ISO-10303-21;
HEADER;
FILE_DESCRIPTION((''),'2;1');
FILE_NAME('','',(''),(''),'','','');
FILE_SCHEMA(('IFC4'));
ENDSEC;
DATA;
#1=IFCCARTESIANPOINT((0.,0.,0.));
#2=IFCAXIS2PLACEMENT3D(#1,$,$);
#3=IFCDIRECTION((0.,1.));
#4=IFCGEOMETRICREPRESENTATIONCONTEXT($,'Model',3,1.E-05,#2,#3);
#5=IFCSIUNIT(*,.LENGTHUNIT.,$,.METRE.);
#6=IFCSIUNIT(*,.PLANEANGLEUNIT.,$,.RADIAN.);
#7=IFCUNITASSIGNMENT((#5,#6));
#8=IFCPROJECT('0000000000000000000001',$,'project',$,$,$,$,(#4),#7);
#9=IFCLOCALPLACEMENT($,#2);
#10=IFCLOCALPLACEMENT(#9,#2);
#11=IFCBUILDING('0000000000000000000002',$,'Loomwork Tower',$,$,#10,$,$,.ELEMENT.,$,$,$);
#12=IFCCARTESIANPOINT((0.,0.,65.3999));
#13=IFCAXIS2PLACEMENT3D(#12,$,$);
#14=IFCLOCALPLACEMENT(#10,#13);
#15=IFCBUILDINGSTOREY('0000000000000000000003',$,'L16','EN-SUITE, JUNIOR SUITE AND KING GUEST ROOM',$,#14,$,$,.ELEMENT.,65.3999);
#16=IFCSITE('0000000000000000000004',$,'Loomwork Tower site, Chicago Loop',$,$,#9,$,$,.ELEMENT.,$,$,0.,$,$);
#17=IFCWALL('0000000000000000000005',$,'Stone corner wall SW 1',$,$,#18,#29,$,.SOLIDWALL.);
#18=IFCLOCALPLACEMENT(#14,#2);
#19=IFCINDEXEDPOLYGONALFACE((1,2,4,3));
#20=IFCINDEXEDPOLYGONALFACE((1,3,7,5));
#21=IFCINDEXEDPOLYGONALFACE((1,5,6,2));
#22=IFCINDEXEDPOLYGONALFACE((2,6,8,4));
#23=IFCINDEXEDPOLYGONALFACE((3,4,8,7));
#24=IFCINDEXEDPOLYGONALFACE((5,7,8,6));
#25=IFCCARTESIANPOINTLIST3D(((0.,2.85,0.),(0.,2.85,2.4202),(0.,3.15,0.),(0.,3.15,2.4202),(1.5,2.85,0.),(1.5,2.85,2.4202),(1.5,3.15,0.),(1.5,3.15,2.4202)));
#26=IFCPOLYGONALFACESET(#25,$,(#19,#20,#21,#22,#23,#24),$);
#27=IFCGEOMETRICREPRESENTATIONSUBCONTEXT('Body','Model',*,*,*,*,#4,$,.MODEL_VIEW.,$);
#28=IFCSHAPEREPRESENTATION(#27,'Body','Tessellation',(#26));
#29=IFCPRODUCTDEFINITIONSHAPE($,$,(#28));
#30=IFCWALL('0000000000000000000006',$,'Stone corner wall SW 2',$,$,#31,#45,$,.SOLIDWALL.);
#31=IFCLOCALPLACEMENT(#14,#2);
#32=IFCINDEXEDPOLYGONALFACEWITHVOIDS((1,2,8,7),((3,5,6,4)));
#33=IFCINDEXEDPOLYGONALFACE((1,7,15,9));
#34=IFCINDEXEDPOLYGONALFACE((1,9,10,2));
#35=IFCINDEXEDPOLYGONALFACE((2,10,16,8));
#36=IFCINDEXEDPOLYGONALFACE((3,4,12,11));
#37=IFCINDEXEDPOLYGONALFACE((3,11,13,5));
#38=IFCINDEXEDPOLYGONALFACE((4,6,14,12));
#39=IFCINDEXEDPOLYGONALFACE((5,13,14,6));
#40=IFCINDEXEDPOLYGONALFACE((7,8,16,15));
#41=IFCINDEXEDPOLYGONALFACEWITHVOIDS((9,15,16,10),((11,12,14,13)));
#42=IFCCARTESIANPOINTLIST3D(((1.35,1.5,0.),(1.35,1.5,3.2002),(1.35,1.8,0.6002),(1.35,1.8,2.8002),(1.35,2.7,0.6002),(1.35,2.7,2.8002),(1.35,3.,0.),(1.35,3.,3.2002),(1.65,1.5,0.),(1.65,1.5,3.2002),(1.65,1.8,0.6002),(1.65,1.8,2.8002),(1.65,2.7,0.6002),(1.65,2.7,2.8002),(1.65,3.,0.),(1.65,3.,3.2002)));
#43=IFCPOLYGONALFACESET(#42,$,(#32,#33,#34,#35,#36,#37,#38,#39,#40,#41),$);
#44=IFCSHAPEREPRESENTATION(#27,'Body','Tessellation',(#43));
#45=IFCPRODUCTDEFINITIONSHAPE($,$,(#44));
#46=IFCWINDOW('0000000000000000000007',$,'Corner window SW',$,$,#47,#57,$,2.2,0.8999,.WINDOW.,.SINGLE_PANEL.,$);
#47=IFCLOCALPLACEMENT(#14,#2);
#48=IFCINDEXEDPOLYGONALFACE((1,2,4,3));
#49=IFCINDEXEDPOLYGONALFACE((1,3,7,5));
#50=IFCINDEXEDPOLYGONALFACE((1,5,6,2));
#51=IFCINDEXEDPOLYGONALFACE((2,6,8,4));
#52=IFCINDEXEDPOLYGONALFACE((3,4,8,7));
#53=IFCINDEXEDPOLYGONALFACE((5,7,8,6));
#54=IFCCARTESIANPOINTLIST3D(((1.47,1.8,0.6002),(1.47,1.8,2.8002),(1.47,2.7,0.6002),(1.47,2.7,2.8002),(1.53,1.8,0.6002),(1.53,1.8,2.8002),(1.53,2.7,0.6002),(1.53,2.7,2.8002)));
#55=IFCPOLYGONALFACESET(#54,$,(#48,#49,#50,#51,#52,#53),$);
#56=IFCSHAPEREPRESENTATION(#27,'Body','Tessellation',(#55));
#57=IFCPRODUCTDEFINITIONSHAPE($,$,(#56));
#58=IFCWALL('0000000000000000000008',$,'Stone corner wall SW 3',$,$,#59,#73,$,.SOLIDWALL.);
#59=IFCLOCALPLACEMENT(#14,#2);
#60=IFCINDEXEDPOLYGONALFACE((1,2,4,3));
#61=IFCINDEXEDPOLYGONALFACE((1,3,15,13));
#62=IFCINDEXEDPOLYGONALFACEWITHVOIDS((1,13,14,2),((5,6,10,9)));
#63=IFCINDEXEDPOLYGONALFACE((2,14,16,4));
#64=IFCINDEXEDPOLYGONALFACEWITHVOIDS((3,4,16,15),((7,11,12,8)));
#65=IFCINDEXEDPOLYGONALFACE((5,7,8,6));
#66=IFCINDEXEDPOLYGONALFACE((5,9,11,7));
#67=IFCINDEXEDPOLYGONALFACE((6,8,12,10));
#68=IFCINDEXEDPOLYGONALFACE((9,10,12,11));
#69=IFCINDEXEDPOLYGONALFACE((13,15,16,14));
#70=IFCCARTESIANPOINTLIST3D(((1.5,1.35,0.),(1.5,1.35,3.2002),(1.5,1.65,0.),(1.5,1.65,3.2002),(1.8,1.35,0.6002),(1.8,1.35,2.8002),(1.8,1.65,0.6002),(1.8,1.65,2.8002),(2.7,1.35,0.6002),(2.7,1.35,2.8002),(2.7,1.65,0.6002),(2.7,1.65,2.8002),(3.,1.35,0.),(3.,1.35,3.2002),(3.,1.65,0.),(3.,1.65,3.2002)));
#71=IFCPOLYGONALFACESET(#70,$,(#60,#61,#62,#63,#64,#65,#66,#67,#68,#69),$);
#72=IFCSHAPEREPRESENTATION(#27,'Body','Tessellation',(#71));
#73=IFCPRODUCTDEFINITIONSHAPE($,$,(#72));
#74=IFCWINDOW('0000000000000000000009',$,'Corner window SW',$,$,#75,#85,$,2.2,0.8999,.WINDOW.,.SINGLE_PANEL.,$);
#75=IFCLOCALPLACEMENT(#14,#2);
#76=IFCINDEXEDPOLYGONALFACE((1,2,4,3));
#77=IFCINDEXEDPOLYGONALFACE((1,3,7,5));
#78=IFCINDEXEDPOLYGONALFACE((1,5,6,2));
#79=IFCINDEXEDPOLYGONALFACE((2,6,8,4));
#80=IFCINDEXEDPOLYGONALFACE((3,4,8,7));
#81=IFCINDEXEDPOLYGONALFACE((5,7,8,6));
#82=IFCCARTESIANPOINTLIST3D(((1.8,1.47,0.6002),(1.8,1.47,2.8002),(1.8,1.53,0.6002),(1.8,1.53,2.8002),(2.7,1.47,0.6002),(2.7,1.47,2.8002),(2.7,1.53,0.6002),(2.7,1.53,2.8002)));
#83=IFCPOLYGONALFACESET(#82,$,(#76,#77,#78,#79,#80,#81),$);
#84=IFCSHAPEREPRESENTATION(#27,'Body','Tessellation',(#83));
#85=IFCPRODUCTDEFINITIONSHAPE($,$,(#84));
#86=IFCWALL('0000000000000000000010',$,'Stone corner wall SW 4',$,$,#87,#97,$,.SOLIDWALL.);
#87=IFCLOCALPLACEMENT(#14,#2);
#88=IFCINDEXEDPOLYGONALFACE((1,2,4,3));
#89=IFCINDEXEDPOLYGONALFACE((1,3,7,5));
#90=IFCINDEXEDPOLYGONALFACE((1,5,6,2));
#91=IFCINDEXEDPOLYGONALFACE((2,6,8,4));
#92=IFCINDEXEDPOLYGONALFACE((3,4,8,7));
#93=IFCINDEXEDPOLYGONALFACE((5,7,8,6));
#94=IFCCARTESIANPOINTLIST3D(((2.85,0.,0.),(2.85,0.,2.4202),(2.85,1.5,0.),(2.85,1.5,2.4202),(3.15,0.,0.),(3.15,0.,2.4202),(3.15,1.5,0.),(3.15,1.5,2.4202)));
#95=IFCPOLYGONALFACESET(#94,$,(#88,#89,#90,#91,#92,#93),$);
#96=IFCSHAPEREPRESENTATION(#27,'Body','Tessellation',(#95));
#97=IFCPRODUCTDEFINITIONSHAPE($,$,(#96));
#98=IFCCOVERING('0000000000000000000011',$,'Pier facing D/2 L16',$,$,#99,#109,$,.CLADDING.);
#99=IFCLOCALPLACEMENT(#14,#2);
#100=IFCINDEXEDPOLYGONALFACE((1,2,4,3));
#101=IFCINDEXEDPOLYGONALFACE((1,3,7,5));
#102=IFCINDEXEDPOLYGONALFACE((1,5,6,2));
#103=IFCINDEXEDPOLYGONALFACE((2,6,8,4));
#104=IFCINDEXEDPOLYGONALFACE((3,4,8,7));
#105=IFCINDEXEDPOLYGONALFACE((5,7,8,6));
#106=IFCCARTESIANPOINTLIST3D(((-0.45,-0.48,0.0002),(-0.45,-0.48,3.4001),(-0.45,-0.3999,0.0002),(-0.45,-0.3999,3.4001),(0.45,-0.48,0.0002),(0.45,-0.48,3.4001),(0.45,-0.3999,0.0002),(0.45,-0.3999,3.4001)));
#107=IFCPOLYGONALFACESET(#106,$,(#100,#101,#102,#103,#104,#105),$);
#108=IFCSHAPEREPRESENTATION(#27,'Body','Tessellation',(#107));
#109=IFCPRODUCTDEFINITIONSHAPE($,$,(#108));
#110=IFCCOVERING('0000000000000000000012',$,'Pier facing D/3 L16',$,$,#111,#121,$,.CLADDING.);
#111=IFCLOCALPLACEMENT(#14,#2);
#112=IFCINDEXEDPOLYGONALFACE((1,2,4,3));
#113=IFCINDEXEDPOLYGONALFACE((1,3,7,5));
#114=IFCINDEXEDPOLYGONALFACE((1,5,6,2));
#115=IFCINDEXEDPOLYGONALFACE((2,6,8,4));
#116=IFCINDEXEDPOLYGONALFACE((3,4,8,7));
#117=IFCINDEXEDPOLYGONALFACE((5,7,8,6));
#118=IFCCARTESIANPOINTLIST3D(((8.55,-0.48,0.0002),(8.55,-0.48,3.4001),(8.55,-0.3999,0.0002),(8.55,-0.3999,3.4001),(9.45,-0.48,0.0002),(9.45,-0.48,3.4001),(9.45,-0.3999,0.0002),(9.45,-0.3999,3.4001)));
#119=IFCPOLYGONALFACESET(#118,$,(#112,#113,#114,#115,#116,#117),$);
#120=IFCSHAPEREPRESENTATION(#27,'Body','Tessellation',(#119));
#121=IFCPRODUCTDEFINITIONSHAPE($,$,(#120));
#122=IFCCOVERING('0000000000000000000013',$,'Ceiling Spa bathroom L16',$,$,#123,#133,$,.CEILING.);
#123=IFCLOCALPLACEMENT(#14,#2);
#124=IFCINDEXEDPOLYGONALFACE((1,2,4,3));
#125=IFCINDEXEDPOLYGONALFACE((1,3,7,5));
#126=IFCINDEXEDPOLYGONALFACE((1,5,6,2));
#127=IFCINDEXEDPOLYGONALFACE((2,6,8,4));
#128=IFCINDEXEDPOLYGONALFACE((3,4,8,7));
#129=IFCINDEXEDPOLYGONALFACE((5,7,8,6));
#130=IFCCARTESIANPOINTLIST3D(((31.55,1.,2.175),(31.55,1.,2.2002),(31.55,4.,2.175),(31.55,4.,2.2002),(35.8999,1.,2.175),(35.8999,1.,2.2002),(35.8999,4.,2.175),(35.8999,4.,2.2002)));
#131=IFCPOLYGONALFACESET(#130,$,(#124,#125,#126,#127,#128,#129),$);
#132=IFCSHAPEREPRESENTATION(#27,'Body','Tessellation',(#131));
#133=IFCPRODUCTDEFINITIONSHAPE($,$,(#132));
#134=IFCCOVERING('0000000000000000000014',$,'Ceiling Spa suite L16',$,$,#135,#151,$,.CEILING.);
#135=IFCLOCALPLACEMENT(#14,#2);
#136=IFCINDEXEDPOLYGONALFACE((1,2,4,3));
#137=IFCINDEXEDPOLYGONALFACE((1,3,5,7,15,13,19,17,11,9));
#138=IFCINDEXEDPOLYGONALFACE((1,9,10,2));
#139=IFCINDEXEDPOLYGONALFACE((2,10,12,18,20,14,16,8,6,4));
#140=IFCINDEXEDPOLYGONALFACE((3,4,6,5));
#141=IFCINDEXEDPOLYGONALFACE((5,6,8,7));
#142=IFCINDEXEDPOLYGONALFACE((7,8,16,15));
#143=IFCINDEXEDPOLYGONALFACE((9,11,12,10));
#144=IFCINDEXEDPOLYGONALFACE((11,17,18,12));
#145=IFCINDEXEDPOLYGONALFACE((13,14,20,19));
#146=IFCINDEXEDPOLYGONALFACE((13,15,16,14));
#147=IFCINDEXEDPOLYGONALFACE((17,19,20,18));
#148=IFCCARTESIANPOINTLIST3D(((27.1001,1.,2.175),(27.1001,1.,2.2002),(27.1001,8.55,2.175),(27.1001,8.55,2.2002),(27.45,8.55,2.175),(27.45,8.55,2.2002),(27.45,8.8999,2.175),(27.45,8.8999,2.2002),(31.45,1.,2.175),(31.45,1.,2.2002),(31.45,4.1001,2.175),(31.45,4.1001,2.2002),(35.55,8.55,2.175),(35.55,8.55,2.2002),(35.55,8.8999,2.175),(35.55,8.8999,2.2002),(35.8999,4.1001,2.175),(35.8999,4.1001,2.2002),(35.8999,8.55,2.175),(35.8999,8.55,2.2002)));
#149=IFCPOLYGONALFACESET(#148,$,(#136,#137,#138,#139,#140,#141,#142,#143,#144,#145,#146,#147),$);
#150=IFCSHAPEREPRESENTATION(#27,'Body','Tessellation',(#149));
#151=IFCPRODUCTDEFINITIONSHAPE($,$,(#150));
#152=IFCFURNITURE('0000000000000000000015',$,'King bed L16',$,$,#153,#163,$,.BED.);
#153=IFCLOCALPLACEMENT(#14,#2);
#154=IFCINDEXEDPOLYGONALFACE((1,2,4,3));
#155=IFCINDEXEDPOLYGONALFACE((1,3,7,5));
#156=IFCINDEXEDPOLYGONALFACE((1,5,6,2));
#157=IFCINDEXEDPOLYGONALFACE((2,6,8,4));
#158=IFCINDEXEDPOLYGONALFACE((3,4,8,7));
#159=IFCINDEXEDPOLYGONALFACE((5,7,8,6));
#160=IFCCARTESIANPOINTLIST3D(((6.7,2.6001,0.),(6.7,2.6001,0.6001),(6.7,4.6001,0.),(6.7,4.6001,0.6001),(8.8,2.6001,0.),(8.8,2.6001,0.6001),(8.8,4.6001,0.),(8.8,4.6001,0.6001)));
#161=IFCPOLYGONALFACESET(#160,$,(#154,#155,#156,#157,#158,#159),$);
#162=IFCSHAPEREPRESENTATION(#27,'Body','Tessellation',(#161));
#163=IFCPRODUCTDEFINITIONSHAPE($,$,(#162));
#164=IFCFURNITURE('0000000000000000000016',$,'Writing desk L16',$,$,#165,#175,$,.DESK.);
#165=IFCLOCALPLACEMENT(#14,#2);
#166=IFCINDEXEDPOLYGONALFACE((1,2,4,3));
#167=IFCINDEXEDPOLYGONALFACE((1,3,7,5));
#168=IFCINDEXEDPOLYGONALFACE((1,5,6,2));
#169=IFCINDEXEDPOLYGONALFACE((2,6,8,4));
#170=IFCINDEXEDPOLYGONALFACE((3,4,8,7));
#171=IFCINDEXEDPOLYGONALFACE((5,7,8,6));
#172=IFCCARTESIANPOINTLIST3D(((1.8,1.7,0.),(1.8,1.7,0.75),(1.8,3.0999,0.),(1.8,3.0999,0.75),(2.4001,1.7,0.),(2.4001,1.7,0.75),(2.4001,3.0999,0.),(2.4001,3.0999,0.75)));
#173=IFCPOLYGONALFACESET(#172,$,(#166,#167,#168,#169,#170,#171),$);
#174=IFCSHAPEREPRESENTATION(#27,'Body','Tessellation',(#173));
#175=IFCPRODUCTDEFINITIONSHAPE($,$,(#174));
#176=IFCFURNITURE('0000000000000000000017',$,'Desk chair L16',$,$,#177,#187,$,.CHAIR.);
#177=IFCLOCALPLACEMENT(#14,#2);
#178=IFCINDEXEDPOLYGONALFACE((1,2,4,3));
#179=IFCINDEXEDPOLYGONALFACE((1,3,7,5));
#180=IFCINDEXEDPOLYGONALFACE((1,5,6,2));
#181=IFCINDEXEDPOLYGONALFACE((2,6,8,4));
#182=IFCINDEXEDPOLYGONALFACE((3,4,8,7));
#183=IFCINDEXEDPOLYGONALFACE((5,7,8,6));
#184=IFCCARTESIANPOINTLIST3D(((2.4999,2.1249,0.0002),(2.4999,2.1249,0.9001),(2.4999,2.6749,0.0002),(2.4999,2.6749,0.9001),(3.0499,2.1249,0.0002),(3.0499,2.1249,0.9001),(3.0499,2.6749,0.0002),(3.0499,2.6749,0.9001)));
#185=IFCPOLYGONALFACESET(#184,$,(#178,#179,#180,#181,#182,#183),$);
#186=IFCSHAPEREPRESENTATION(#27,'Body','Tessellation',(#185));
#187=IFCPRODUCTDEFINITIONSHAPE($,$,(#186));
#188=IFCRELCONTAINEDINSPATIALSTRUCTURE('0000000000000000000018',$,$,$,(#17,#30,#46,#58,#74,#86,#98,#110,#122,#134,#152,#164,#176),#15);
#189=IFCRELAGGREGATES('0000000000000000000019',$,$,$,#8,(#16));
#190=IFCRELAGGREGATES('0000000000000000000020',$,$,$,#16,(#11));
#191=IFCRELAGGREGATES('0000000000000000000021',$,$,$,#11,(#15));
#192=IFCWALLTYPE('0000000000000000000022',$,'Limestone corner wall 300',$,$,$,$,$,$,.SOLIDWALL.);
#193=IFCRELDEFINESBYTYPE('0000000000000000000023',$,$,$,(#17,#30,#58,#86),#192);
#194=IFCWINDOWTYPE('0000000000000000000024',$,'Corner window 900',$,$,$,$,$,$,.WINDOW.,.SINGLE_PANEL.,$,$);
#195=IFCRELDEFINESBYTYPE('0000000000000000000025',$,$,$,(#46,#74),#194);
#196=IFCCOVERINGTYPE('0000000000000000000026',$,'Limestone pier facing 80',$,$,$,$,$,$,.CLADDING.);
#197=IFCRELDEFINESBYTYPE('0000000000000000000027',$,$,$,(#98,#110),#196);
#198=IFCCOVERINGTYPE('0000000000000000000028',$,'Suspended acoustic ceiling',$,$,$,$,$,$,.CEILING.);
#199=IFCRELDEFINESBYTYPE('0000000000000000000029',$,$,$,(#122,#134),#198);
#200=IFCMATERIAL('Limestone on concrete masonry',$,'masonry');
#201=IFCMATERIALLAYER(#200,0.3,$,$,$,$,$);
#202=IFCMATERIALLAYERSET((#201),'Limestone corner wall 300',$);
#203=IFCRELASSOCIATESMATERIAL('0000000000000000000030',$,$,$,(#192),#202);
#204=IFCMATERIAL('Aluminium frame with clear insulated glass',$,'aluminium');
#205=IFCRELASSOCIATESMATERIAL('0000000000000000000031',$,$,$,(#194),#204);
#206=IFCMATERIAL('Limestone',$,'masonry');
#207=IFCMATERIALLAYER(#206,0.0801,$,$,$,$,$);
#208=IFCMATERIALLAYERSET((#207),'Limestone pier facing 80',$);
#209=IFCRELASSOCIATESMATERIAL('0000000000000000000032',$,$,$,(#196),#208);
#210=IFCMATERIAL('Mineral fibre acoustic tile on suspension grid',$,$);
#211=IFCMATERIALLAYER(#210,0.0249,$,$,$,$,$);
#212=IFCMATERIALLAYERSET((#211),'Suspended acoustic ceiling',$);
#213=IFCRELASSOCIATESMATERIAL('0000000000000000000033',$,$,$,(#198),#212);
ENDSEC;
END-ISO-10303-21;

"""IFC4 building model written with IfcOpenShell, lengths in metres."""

from ifc_helpers import new_model, si_unit, direction, frame, frame_2d, origin, origin_2d, place, context, subcontext, project, spatial, polyline, rectangle, outline, extrude, material, layer, layer_set, type_object, element, fill, save


model = new_model("IFC4")

# Units and contexts
model_context = context("Model", 3, precision=1e-05, world=origin(), true_north=direction((0.0, 1.0)))
body_context = subcontext(model_context, "Body", "Model", "MODEL_VIEW")
ifc_project = project(units=[si_unit("LENGTHUNIT", "METRE"), si_unit("PLANEANGLEUNIT", "RADIAN")], contexts=[model_context])

# Site, building, storey
site_placement = place(None, origin())
site = spatial("IfcSite", under=ifc_project, at=site_placement, Name="Loomwork Tower site, Chicago Loop", CompositionType="ELEMENT", RefElevation=0.0)
building_placement = place(site_placement, origin())
building = spatial("IfcBuilding", under=site, at=building_placement, Name="Loomwork Tower", CompositionType="ELEMENT")
storey_placement = place(building_placement, frame((0.0, 0.0, 65.3999)))
storey = spatial("IfcBuildingStorey", under=building, at=storey_placement, Name="L16", Description="EN-SUITE, JUNIOR SUITE AND KING GUEST ROOM", CompositionType="ELEMENT", Elevation=65.3999)

# Wall
ifc_material_1 = material(Name="Limestone on concrete masonry", Category="masonry")
ifc_layer_1 = layer(ifc_material_1, 0.3)
ifc_layer_set_1 = layer_set([ifc_layer_1], Name="Limestone corner wall 300")
wall_type_1 = type_object("IfcWallType", Name="Limestone corner wall 300", PredefinedType="SOLIDWALL", material=ifc_layer_set_1)
wall_1_placement = place(storey_placement, frame((0.0, 3.0, 0.0), z_axis=(0.0, 0.0, 1.0), x_axis=(1.0, 0.0, 0.0)))
element("IfcWall", 1, at=wall_1_placement, inside=storey, type_object=wall_type_1, Name="Stone corner wall SW 1", PredefinedType="SOLIDWALL", context=body_context, shape_type="SweptSolid", body=[
    extrude(rectangle(XDim=1.5, YDim=0.3, at=frame_2d((0.75, 0.0))), origin(), (0.0, 0.0, 1.0), 2.4202),
])

# Walls, openings, windows
wall_2_placement = place(storey_placement, frame((1.5, 3.0, 0.0), z_axis=(0.0, 0.0, 1.0), x_axis=(0.0, -1.0, 0.0)))
wall_2 = element("IfcWall", 2, at=wall_2_placement, inside=storey, type_object=wall_type_1, Name="Stone corner wall SW 2", PredefinedType="SOLIDWALL", context=body_context, shape_type="SweptSolid", body=[
    extrude(rectangle(XDim=1.5, YDim=0.3, at=frame_2d((0.75, 0.0))), origin(), (0.0, 0.0, 1.0), 3.2002),
])
opening_1_placement = place(wall_2_placement, frame((0.3, 0.0, 0.6001)))
opening_1 = element("IfcOpeningElement", 3, at=opening_1_placement, cuts=wall_2, PredefinedType="OPENING", context=body_context, shape_type="SweptSolid", body=[
    extrude(rectangle(XDim=0.8999, YDim=2.2, at=frame_2d((0.45, 1.1001))), frame((0.0, 0.1599, 0.0), z_axis=(0.0, -1.0, 0.0), x_axis=(1.0, 0.0, 0.0)), (0.0, 0.0, 1.0), 0.3201),
])
ifc_material_2 = material(Name="Aluminium frame with clear insulated glass", Category="aluminium")
window_type_1 = type_object("IfcWindowType", Name="Corner window 900", PartitioningType="SINGLE_PANEL", PredefinedType="WINDOW", material=ifc_material_2)
window_1_placement = place(opening_1_placement, origin())
window_1 = element("IfcWindow", 4, at=window_1_placement, inside=storey, type_object=window_type_1, Name="Corner window SW", OverallHeight=2.2, OverallWidth=0.8999, PartitioningType="SINGLE_PANEL", PredefinedType="WINDOW", context=body_context, shape_type="SweptSolid", body=[
    extrude(rectangle(XDim=0.8999, YDim=2.2, at=frame_2d((0.45, 1.1001))), frame((0.0, 0.03, 0.0), z_axis=(0.0, -1.0, 0.0), x_axis=(1.0, 0.0, 0.0)), (0.0, 0.0, 1.0), 0.0601),
])
fill(opening_1, window_1)
wall_3_placement = place(storey_placement, frame((1.5, 1.5, 0.0), z_axis=(0.0, 0.0, 1.0), x_axis=(1.0, 0.0, 0.0)))
wall_3 = element("IfcWall", 5, at=wall_3_placement, inside=storey, type_object=wall_type_1, Name="Stone corner wall SW 3", PredefinedType="SOLIDWALL", context=body_context, shape_type="SweptSolid", body=[
    extrude(rectangle(XDim=1.5, YDim=0.3, at=frame_2d((0.75, 0.0))), origin(), (0.0, 0.0, 1.0), 3.2002),
])
opening_2_placement = place(wall_3_placement, frame((0.3, 0.0, 0.6001)))
opening_2 = element("IfcOpeningElement", 6, at=opening_2_placement, cuts=wall_3, PredefinedType="OPENING", context=body_context, shape_type="SweptSolid", body=[
    extrude(rectangle(XDim=0.8999, YDim=2.2, at=frame_2d((0.45, 1.1001))), frame((0.0, 0.1599, 0.0), z_axis=(0.0, -1.0, 0.0), x_axis=(1.0, 0.0, 0.0)), (0.0, 0.0, 1.0), 0.3201),
])
window_2_placement = place(opening_2_placement, origin())
window_2 = element("IfcWindow", 7, at=window_2_placement, inside=storey, type_object=window_type_1, Name="Corner window SW", OverallHeight=2.2, OverallWidth=0.8999, PartitioningType="SINGLE_PANEL", PredefinedType="WINDOW", context=body_context, shape_type="SweptSolid", body=[
    extrude(rectangle(XDim=0.8999, YDim=2.2, at=frame_2d((0.45, 1.1001))), frame((0.0, 0.03, 0.0), z_axis=(0.0, -1.0, 0.0), x_axis=(1.0, 0.0, 0.0)), (0.0, 0.0, 1.0), 0.0601),
])
fill(opening_2, window_2)

# Wall
wall_4_placement = place(storey_placement, frame((3.0, 1.5, 0.0), z_axis=(0.0, 0.0, 1.0), x_axis=(0.0, -1.0, 0.0)))
element("IfcWall", 8, at=wall_4_placement, inside=storey, type_object=wall_type_1, Name="Stone corner wall SW 4", PredefinedType="SOLIDWALL", context=body_context, shape_type="SweptSolid", body=[
    extrude(rectangle(XDim=1.5, YDim=0.3, at=frame_2d((0.75, 0.0))), origin(), (0.0, 0.0, 1.0), 2.4202),
])

# Coverings
ifc_material_3 = material(Name="Limestone", Category="masonry")
ifc_layer_2 = layer(ifc_material_3, 0.0801)
ifc_layer_set_2 = layer_set([ifc_layer_2], Name="Limestone pier facing 80")
covering_type_1 = type_object("IfcCoveringType", Name="Limestone pier facing 80", PredefinedType="CLADDING", material=ifc_layer_set_2)
for number, where, z_axis, x_axis, name in (
    (9, (0.0, -0.4399, 0.0002), (0.0, 0.0, 1.0), (1.0, 0.0, 0.0), "Pier facing D/2 L16"),
    (10, (9.0, -0.4399, 0.0002), (0.0, 0.0, 1.0), (1.0, 0.0, 0.0), "Pier facing D/3 L16"),
):
    element("IfcCovering", number, at=place(storey_placement, frame(where, z_axis=z_axis, x_axis=x_axis)), inside=storey, type_object=covering_type_1, Name=name, PredefinedType="CLADDING", context=body_context, shape_type="SweptSolid", body=[
        extrude(rectangle(XDim=0.8999, YDim=0.0801, at=origin_2d()), origin(), (0.0, 0.0, 1.0), 3.3999),
    ])
ifc_material_4 = material(Name="Mineral fibre acoustic tile on suspension grid")
ifc_layer_3 = layer(ifc_material_4, 0.0249)
ifc_layer_set_3 = layer_set([ifc_layer_3], Name="Suspended acoustic ceiling")
covering_type_2 = type_object("IfcCoveringType", Name="Suspended acoustic ceiling", PredefinedType="CEILING", material=ifc_layer_set_3)
covering_1_placement = place(storey_placement, frame((0.0, 0.0, 2.175)))
element("IfcCovering", 11, at=covering_1_placement, inside=storey, type_object=covering_type_2, Name="Ceiling Spa bathroom L16", PredefinedType="CEILING", context=body_context, shape_type="SweptSolid", body=[
    extrude(outline(polyline([(35.8999, 4.0), (35.8999, 1.0), (31.55, 1.0), (31.55, 4.0), (35.8999, 4.0)])), origin(), (0.0, 0.0, 1.0), 0.0251),
])
covering_2_placement = place(storey_placement, frame((0.0, 0.0, 2.175)))
element("IfcCovering", 12, at=covering_2_placement, inside=storey, type_object=covering_type_2, Name="Ceiling Spa suite L16", PredefinedType="CEILING", context=body_context, shape_type="SweptSolid", body=[
    extrude(outline(polyline([(35.55, 8.8999), (35.55, 8.55), (35.8999, 8.55), (35.8999, 4.1001), (31.45, 4.1001), (31.45, 1.0), (27.1001, 1.0), (27.1001, 8.55), (27.45, 8.55), (27.45, 8.8999), (35.55, 8.8999)])), origin(), (0.0, 0.0, 1.0), 0.0251),
])

# Furniture
furniture_1_placement = place(storey_placement, frame((7.75, 3.6001, 0.0), z_axis=(0.0, 0.0, 1.0), x_axis=(1.0, 0.0, 0.0)))
element("IfcFurniture", 13, at=furniture_1_placement, inside=storey, Name="King bed L16", PredefinedType="BED", context=body_context, shape_type="SweptSolid", body=[
    extrude(rectangle(XDim=2.1001, YDim=2.0, at=origin_2d()), origin(), (0.0, 0.0, 1.0), 0.6001),
])
furniture_2_placement = place(storey_placement, frame((2.1001, 2.3999, 0.0), z_axis=(0.0, 0.0, 1.0), x_axis=(1.0, 0.0, 0.0)))
element("IfcFurniture", 14, at=furniture_2_placement, inside=storey, Name="Writing desk L16", PredefinedType="DESK", context=body_context, shape_type="SweptSolid", body=[
    extrude(rectangle(XDim=0.6001, YDim=1.3999, at=origin_2d()), origin(), (0.0, 0.0, 1.0), 0.75),
])
furniture_3_placement = place(storey_placement, frame((2.7749, 2.3999, 0.0002), z_axis=(0.0, 0.0, 1.0), x_axis=(1.0, 0.0, 0.0)))
element("IfcFurniture", 15, at=furniture_3_placement, inside=storey, Name="Desk chair L16", PredefinedType="CHAIR", context=body_context, shape_type="SweptSolid", body=[
    extrude(rectangle(XDim=0.55, YDim=0.55, at=origin_2d()), origin(), (0.0, 0.0, 1.0), 0.8999),
])

save(model, "model.ifc")
